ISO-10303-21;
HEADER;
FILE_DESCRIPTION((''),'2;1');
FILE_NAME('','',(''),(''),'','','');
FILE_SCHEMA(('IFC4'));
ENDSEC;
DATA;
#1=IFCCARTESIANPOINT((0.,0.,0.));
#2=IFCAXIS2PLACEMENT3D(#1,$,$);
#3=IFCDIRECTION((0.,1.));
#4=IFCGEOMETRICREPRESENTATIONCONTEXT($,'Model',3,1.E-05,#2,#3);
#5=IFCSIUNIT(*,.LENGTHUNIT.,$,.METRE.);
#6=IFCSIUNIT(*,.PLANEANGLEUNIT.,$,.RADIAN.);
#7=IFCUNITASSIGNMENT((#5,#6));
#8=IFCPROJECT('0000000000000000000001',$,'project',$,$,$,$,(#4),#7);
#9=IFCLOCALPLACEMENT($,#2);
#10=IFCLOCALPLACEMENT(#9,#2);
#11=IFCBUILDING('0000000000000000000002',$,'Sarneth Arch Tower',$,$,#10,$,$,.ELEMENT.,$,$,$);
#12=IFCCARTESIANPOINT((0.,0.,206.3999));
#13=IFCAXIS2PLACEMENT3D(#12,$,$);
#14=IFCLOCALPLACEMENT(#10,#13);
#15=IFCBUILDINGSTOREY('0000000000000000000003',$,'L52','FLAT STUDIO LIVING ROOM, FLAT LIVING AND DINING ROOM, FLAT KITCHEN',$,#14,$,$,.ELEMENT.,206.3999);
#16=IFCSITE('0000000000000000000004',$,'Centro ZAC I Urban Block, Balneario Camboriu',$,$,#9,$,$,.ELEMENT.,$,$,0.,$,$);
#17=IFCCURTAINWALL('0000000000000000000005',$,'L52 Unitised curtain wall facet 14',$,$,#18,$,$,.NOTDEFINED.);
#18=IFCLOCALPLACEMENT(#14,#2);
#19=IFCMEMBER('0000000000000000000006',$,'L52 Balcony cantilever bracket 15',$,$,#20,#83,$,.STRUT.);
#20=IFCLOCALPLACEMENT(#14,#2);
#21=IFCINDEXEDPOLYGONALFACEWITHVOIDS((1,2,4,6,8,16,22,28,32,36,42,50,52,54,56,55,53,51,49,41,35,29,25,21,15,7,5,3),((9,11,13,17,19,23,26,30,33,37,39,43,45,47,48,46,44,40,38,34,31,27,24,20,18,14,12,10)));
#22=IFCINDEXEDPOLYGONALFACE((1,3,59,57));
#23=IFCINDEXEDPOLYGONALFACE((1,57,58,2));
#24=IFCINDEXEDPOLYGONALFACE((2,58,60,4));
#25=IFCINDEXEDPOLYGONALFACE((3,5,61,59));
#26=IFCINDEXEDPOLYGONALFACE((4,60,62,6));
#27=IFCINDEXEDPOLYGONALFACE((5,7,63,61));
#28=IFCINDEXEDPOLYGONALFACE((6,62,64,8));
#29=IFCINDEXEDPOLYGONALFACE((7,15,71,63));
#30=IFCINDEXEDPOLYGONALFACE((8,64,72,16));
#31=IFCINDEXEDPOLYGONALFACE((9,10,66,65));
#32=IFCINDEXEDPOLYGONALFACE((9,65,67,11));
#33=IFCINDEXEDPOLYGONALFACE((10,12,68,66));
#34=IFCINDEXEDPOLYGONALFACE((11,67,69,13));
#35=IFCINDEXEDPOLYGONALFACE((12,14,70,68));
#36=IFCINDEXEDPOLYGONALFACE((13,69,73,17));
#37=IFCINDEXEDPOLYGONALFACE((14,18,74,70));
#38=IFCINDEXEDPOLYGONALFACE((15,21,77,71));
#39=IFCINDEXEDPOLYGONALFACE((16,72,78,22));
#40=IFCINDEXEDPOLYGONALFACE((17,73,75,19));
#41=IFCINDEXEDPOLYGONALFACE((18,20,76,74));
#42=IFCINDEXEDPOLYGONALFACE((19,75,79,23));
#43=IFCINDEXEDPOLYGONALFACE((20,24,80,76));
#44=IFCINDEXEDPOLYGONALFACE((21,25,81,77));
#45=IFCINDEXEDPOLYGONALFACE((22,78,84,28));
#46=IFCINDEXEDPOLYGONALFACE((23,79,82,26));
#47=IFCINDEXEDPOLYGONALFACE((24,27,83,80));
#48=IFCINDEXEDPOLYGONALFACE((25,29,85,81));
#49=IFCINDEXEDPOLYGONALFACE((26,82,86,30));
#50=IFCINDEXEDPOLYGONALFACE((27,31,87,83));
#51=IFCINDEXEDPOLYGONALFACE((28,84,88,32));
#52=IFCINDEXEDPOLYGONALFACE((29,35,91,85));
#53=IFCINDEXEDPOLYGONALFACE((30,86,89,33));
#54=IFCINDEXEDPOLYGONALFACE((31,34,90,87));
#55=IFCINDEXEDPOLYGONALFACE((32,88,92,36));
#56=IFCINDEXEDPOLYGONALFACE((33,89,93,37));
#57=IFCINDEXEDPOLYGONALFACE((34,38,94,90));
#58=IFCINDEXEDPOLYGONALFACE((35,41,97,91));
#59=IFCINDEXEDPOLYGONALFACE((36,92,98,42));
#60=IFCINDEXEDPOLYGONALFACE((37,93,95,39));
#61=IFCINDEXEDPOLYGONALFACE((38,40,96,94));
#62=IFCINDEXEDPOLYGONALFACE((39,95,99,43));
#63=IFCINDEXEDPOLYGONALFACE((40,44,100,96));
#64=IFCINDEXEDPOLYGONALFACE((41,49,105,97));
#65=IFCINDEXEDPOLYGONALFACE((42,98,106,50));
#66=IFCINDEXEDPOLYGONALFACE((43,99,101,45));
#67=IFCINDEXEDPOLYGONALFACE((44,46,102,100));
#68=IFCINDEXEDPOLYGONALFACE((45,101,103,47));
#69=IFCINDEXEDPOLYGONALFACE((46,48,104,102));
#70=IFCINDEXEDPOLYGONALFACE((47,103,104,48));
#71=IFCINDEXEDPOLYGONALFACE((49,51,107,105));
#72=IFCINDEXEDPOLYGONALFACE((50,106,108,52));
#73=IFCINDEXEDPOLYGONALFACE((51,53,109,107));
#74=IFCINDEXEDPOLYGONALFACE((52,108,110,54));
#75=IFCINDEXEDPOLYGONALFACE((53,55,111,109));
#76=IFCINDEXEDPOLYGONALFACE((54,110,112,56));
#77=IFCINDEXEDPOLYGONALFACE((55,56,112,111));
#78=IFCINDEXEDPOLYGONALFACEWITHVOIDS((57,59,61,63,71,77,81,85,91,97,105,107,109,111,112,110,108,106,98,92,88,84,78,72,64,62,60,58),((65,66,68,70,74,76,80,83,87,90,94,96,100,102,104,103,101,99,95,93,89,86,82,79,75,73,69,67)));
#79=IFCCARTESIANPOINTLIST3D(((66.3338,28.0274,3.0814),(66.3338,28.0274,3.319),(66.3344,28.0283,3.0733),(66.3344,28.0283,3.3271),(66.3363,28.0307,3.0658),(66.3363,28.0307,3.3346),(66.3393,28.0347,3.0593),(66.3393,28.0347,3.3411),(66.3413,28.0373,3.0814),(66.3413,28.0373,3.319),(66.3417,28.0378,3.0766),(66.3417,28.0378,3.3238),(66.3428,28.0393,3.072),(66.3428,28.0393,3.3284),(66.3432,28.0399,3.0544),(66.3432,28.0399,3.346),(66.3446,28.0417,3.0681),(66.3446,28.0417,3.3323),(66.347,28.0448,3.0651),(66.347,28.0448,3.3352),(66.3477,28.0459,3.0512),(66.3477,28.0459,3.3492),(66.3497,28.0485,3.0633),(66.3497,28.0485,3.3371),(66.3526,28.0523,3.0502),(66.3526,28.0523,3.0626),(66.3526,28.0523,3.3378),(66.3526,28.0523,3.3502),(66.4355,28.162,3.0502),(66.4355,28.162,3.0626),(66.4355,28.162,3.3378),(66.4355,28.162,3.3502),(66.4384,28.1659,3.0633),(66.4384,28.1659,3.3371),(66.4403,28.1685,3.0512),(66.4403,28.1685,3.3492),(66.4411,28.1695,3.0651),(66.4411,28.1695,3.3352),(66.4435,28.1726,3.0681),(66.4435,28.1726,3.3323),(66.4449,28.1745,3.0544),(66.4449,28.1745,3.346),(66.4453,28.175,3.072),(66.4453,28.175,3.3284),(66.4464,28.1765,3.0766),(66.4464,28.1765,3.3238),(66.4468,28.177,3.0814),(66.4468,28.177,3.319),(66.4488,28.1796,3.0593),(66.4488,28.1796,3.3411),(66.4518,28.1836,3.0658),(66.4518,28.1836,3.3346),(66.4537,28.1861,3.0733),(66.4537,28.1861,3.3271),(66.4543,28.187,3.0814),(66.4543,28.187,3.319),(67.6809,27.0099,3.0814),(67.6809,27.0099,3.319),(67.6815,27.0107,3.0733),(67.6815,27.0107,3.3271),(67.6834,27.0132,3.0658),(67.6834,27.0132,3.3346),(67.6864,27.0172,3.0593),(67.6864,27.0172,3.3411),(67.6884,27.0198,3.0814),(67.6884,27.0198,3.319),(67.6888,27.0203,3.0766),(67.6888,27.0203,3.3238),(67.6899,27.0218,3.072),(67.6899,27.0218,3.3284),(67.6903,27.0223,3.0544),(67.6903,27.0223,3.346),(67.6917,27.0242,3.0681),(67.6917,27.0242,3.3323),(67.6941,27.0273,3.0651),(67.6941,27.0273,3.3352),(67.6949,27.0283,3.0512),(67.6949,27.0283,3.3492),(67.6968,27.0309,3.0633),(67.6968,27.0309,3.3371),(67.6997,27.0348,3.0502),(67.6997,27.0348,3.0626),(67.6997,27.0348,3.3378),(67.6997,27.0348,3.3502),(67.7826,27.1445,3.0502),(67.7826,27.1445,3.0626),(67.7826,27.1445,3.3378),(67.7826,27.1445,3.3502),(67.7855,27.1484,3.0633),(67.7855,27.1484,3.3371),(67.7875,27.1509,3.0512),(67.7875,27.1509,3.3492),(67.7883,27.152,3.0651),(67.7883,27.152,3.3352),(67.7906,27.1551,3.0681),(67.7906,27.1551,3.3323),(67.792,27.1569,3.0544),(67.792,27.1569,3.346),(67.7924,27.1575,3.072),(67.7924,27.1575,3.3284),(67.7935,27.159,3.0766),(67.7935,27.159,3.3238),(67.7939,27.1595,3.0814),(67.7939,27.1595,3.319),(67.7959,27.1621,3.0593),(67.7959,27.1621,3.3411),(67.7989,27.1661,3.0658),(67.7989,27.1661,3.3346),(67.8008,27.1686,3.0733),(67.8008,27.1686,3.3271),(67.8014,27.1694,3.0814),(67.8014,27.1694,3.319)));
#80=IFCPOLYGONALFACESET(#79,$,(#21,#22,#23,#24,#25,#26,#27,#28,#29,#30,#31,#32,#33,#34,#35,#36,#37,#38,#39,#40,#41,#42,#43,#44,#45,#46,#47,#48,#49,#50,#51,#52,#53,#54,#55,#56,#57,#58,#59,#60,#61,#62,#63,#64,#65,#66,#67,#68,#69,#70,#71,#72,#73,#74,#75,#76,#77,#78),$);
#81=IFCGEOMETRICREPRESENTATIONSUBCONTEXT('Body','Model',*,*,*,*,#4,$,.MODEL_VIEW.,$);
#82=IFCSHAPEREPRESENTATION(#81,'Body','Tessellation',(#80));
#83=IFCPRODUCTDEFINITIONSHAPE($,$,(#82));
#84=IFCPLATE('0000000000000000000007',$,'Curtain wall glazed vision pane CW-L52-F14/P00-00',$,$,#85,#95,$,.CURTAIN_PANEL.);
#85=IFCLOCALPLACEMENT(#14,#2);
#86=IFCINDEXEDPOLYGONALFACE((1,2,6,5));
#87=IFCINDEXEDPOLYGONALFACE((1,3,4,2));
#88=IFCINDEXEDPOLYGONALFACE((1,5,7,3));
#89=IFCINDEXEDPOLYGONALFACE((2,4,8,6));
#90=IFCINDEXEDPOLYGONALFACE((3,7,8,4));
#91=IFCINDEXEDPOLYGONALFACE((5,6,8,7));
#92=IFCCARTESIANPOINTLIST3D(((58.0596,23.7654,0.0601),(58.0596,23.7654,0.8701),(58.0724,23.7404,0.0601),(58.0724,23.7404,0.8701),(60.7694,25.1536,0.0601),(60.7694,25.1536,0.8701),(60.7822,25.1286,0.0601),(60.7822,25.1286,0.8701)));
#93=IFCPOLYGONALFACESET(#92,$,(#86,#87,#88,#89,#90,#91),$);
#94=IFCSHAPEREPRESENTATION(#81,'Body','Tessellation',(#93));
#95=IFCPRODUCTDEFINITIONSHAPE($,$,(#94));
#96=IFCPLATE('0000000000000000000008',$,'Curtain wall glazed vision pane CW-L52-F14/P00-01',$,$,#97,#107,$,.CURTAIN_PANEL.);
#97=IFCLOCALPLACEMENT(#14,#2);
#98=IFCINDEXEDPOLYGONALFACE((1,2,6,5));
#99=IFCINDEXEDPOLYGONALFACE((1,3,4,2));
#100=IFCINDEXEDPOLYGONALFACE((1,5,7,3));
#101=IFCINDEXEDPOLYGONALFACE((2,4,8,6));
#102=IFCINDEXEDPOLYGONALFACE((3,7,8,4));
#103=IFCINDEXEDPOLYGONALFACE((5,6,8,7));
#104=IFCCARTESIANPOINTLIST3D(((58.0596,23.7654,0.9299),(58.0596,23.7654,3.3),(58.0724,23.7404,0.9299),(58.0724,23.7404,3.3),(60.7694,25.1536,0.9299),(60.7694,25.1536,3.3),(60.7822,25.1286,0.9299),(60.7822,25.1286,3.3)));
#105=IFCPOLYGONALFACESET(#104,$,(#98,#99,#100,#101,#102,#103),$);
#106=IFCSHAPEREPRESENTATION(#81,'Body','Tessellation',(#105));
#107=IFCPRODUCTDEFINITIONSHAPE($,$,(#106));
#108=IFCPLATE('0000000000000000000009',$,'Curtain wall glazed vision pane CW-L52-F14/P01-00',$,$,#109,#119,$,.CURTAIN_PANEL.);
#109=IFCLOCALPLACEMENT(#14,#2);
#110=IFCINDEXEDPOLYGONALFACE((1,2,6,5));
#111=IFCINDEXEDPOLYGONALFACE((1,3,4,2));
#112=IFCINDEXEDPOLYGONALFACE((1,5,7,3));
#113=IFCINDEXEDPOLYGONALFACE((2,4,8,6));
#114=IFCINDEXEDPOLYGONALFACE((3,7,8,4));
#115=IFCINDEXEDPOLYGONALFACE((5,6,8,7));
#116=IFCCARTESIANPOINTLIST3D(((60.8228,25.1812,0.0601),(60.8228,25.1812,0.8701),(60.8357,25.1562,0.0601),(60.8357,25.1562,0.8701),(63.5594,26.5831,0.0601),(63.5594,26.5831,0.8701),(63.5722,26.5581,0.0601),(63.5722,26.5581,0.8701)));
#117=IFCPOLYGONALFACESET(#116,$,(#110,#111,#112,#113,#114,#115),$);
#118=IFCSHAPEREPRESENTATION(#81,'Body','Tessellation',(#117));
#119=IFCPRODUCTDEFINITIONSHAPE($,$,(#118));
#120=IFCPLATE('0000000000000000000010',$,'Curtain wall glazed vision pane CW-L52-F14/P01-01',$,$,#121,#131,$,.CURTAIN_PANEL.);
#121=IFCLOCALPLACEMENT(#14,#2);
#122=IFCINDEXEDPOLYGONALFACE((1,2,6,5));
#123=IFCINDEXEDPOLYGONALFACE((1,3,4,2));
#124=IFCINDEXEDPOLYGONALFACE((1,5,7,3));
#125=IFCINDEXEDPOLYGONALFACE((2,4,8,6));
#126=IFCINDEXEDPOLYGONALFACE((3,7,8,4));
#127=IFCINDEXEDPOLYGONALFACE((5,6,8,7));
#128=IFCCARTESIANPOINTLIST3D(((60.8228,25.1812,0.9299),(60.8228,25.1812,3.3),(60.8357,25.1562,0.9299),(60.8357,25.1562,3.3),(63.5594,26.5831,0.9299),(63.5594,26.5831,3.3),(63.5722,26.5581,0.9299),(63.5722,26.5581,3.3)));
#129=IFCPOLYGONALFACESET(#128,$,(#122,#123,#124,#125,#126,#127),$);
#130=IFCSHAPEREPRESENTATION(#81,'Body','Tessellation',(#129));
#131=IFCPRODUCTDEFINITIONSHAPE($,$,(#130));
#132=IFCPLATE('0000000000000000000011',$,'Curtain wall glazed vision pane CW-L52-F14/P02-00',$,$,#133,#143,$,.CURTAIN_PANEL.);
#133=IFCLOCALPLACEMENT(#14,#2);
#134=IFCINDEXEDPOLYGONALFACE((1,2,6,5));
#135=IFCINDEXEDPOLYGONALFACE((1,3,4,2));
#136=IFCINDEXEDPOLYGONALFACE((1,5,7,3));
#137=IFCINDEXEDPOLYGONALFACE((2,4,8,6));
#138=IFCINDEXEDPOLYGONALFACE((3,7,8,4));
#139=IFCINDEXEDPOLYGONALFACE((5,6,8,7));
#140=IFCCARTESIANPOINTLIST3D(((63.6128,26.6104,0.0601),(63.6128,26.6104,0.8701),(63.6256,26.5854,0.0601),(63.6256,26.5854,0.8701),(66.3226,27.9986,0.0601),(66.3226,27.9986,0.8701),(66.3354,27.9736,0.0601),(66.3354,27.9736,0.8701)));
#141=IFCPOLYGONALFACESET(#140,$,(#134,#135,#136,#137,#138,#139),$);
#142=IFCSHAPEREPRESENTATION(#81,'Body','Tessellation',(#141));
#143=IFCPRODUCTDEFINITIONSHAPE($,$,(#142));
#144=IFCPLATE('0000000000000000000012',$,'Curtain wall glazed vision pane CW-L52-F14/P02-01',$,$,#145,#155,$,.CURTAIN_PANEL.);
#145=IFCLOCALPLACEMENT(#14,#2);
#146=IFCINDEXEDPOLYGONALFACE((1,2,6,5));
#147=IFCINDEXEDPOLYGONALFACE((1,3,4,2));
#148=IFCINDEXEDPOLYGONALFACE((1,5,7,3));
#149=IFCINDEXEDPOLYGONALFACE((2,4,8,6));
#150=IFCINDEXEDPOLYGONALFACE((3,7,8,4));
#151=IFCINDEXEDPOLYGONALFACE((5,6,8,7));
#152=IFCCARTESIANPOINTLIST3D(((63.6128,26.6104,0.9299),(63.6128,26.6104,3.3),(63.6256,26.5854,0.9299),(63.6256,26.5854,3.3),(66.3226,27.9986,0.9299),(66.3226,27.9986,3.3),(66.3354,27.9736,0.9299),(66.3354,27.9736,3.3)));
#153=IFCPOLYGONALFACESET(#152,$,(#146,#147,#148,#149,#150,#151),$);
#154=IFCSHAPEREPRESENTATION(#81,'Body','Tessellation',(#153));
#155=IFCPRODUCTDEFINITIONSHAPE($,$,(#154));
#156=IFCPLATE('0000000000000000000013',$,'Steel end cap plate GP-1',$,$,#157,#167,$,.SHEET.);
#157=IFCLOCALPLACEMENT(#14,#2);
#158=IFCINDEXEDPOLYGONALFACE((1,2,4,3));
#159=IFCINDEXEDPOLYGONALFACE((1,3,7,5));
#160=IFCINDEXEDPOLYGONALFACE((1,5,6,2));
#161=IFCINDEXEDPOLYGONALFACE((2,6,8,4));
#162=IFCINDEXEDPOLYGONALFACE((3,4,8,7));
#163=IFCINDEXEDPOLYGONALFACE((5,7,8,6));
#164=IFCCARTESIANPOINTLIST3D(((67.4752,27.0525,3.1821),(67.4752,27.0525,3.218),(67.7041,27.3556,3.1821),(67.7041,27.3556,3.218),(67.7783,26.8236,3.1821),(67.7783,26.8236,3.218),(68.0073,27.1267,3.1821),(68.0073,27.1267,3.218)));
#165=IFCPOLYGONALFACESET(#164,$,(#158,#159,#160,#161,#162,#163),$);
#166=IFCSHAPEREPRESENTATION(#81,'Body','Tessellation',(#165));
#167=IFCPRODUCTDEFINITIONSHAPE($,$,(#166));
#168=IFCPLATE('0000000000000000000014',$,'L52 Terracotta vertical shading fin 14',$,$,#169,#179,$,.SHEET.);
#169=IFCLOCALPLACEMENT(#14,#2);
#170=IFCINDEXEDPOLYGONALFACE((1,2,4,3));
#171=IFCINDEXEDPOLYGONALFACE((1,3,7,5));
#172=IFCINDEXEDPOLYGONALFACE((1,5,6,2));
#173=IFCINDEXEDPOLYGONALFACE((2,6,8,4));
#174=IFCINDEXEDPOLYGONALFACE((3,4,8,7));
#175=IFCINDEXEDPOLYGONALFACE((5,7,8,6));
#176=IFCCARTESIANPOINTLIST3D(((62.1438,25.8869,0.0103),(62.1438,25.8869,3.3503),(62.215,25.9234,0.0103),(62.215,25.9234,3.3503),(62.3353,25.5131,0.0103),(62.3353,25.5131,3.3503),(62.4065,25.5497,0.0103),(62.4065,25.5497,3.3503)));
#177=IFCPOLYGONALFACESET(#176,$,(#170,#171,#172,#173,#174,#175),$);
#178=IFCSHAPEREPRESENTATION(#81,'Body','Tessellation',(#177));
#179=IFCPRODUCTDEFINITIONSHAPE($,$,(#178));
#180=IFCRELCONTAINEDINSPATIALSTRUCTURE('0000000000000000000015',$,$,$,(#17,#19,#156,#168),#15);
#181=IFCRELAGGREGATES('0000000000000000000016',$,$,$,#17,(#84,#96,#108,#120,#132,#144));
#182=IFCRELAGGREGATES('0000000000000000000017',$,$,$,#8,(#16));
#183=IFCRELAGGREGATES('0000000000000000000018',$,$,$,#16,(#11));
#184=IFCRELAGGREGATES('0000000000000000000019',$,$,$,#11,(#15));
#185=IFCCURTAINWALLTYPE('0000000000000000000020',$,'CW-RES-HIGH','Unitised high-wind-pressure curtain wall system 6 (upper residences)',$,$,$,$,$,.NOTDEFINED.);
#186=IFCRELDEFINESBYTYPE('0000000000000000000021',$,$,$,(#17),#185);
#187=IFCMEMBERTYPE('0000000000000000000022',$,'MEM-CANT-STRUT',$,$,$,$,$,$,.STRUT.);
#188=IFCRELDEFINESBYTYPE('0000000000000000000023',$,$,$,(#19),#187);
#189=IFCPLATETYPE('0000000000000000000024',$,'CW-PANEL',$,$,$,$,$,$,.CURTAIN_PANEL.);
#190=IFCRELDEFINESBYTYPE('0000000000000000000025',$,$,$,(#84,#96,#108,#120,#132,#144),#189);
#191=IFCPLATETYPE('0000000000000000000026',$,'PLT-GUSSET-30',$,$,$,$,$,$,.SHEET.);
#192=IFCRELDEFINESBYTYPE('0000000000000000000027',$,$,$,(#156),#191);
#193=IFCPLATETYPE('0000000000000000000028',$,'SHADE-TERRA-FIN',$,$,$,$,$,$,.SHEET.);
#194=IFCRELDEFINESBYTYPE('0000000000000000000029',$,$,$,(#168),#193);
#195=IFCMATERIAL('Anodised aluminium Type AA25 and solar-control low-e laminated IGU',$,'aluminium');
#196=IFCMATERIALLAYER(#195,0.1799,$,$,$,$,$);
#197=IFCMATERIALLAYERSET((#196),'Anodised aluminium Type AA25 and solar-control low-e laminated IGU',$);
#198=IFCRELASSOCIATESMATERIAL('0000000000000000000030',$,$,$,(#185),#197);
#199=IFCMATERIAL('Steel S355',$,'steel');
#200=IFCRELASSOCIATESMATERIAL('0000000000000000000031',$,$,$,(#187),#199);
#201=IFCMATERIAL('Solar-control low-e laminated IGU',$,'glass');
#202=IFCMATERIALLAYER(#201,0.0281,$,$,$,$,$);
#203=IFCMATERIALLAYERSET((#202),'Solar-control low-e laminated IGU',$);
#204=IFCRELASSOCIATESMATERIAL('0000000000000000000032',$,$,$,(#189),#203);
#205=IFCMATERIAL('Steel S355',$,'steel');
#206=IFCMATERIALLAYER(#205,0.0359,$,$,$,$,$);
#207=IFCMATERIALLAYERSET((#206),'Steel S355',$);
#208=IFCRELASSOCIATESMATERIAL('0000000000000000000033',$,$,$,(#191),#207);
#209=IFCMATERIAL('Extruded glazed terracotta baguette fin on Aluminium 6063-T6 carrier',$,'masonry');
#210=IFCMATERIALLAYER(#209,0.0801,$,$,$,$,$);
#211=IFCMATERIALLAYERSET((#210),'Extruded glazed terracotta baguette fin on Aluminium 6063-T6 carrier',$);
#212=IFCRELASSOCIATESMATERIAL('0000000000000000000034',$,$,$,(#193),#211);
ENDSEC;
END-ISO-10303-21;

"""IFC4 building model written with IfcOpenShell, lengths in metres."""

from ifc_helpers import new_model, si_unit, direction, frame, origin, origin_2d, place, context, subcontext, project, spatial, rectangle, hollow_rectangle, extrude, material, layer, layer_set, material_profile, profile_set, type_object, element, aggregate, save


model = new_model("IFC4")

# Units and contexts
model_context = context("Model", 3, precision=1e-05, world=origin(), true_north=direction((0.0, 1.0)))
body_context = subcontext(model_context, "Body", "Model", "MODEL_VIEW")
ifc_project = project(units=[si_unit("LENGTHUNIT", "METRE"), si_unit("PLANEANGLEUNIT", "RADIAN")], contexts=[model_context])

# Site, building, storey
site_placement = place(None, origin())
site = spatial("IfcSite", under=ifc_project, at=site_placement, Name="Centro ZAC I Urban Block, Balneario Camboriu", CompositionType="ELEMENT", RefElevation=0.0)
building_placement = place(site_placement, origin())
building = spatial("IfcBuilding", under=site, at=building_placement, Name="Sarneth Arch Tower", CompositionType="ELEMENT")
storey_placement = place(building_placement, frame((0.0, 0.0, 206.3999)))
storey = spatial("IfcBuildingStorey", under=building, at=storey_placement, Name="L52", Description="FLAT STUDIO LIVING ROOM, FLAT LIVING AND DINING ROOM, FLAT KITCHEN", CompositionType="ELEMENT", Elevation=206.3999)

# Curtain wall
ifc_material_1 = material(Name="Anodised aluminium Type AA25 and solar-control low-e laminated IGU", Category="aluminium")
ifc_layer_1 = layer(ifc_material_1, 0.1799)
ifc_layer_set_1 = layer_set([ifc_layer_1], Name="Anodised aluminium Type AA25 and solar-control low-e laminated IGU")
curtain_wall_type = type_object("IfcCurtainWallType", Name="CW-RES-HIGH", Description="Unitised high-wind-pressure curtain wall system 6 (upper residences)", PredefinedType="NOTDEFINED", material=ifc_layer_set_1)
curtain_wall_placement = place(storey_placement, origin())
curtain_wall = element("IfcCurtainWall", 1, at=curtain_wall_placement, inside=storey, type_object=curtain_wall_type, Name="L52 Unitised curtain wall facet 14", PredefinedType="NOTDEFINED")

# Member
ifc_material_2 = material(Name="Steel S355", Category="steel")
ifc_material_profile_1 = material_profile(ifc_material_2, hollow_rectangle(XDim=0.2, YDim=0.3, WallThickness=0.0125, InnerFilletRadius=0.0188, OuterFilletRadius=0.0312, at=origin_2d()), Name="RHS300x200x12.5")
ifc_profile_set_1 = profile_set([ifc_material_profile_1], Name="Steel S355")
member_type_1 = type_object("IfcMemberType", Name="MEM-CANT-STRUT", PredefinedType="STRUT", material=ifc_profile_set_1)
member_1_placement = place(storey_placement, frame((66.394, 28.1072, 3.2002), z_axis=(0.797948, -0.602727, 0.0), x_axis=(0.602727, 0.797948, 0.0)))
element("IfcMember", 2, at=member_1_placement, inside=storey, type_object=member_type_1, Name="L52 Balcony cantilever bracket 15", PredefinedType="STRUT", context=body_context, shape_type="SweptSolid", body=[
    extrude(hollow_rectangle(XDim=0.2, YDim=0.3, WallThickness=0.0125, InnerFilletRadius=0.0188, OuterFilletRadius=0.0312, at=origin_2d()), origin(), (0.0, 0.0, 1.0), 1.6882),
])

# Plates
ifc_material_3 = material(Name="Solar-control low-e laminated IGU", Category="glass")
ifc_layer_2 = layer(ifc_material_3, 0.0281)
ifc_layer_set_2 = layer_set([ifc_layer_2], Name="Solar-control low-e laminated IGU")
plate_type_1 = type_object("IfcPlateType", Name="CW-PANEL", PredefinedType="CURTAIN_PANEL", material=ifc_layer_set_2)
plate_1_placement = place(storey_placement, frame((59.4209, 24.447, 0.0601), z_axis=(0.0, 0.0, 1.0), x_axis=(0.89001, 0.455942, 0.0)))
plate_1 = element("IfcPlate", 3, at=plate_1_placement, type_object=plate_type_1, Name="Curtain wall glazed vision pane CW-L52-F14/P00-00", PredefinedType="CURTAIN_PANEL", context=body_context, shape_type="SweptSolid", body=[
    extrude(rectangle(XDim=3.0447, YDim=0.0281, at=origin_2d()), origin(), (0.0, 0.0, 1.0), 0.8101),
])
plate_2_placement = place(storey_placement, frame((59.4209, 24.447, 0.9299), z_axis=(0.0, 0.0, 1.0), x_axis=(0.89001, 0.455942, 0.0)))
plate_2 = element("IfcPlate", 4, at=plate_2_placement, type_object=plate_type_1, Name="Curtain wall glazed vision pane CW-L52-F14/P00-01", PredefinedType="CURTAIN_PANEL", context=body_context, shape_type="SweptSolid", body=[
    extrude(rectangle(XDim=3.0447, YDim=0.0281, at=origin_2d()), origin(), (0.0, 0.0, 1.0), 2.3701),
])
plate_3_placement = place(storey_placement, frame((62.1975, 25.8696, 0.0601), z_axis=(0.0, 0.0, 1.0), x_axis=(0.89001, 0.455942, 0.0)))
plate_3 = element("IfcPlate", 5, at=plate_3_placement, type_object=plate_type_1, Name="Curtain wall glazed vision pane CW-L52-F14/P01-00", PredefinedType="CURTAIN_PANEL", context=body_context, shape_type="SweptSolid", body=[
    extrude(rectangle(XDim=3.0747, YDim=0.0281, at=origin_2d()), origin(), (0.0, 0.0, 1.0), 0.8101),
])
plate_4_placement = place(storey_placement, frame((62.1975, 25.8696, 0.9299), z_axis=(0.0, 0.0, 1.0), x_axis=(0.89001, 0.455942, 0.0)))
plate_4 = element("IfcPlate", 6, at=plate_4_placement, type_object=plate_type_1, Name="Curtain wall glazed vision pane CW-L52-F14/P01-01", PredefinedType="CURTAIN_PANEL", context=body_context, shape_type="SweptSolid", body=[
    extrude(rectangle(XDim=3.0747, YDim=0.0281, at=origin_2d()), origin(), (0.0, 0.0, 1.0), 2.3701),
])
plate_5_placement = place(storey_placement, frame((64.9741, 27.292, 0.0601), z_axis=(0.0, 0.0, 1.0), x_axis=(0.89001, 0.455942, 0.0)))
plate_5 = element("IfcPlate", 7, at=plate_5_placement, type_object=plate_type_1, Name="Curtain wall glazed vision pane CW-L52-F14/P02-00", PredefinedType="CURTAIN_PANEL", context=body_context, shape_type="SweptSolid", body=[
    extrude(rectangle(XDim=3.0447, YDim=0.0281, at=origin_2d()), origin(), (0.0, 0.0, 1.0), 0.8101),
])
plate_6_placement = place(storey_placement, frame((64.9741, 27.292, 0.9299), z_axis=(0.0, 0.0, 1.0), x_axis=(0.89001, 0.455942, 0.0)))
plate_6 = element("IfcPlate", 8, at=plate_6_placement, type_object=plate_type_1, Name="Curtain wall glazed vision pane CW-L52-F14/P02-01", PredefinedType="CURTAIN_PANEL", context=body_context, shape_type="SweptSolid", body=[
    extrude(rectangle(XDim=3.0447, YDim=0.0281, at=origin_2d()), origin(), (0.0, 0.0, 1.0), 2.3701),
])
aggregate(curtain_wall, [plate_1, plate_2, plate_3, plate_4, plate_5, plate_6])

# Plates
ifc_material_4 = material(Name="Steel S355", Category="steel")
ifc_layer_3 = layer(ifc_material_4, 0.0359)
ifc_layer_set_3 = layer_set([ifc_layer_3], Name="Steel S355")
plate_type_2 = type_object("IfcPlateType", Name="PLT-GUSSET-30", PredefinedType="SHEET", material=ifc_layer_set_3)
plate_7_placement = place(storey_placement, frame((67.7412, 27.0896, 3.1821), z_axis=(0.0, 0.0, 1.0), x_axis=(0.798005, -0.602651, 0.0)))
element("IfcPlate", 9, at=plate_7_placement, inside=storey, type_object=plate_type_2, Name="Steel end cap plate GP-1", PredefinedType="SHEET", context=body_context, shape_type="SweptSolid", body=[
    extrude(rectangle(XDim=0.3799, YDim=0.3799, at=origin_2d()), origin(), (0.0, 0.0, 1.0), 0.0359),
])
ifc_material_5 = material(Name="Extruded glazed terracotta baguette fin on Aluminium 6063-T6 carrier", Category="masonry")
ifc_layer_4 = layer(ifc_material_5, 0.0801)
ifc_layer_set_4 = layer_set([ifc_layer_4], Name="Extruded glazed terracotta baguette fin on Aluminium 6063-T6 carrier")
plate_type_3 = type_object("IfcPlateType", Name="SHADE-TERRA-FIN", PredefinedType="SHEET", material=ifc_layer_set_4)
plate_8_placement = place(storey_placement, frame((62.2751, 25.7183, 0.0103), z_axis=(0.0, 0.0, 1.0), x_axis=(0.456011, -0.889974, 0.0)))
element("IfcPlate", 10, at=plate_8_placement, inside=storey, type_object=plate_type_3, Name="L52 Terracotta vertical shading fin 14", PredefinedType="SHEET", context=body_context, shape_type="SweptSolid", body=[
    extrude(rectangle(XDim=0.4199, YDim=0.0801, at=origin_2d()), origin(), (0.0, 0.0, 1.0), 3.3401),
])

save(model, "model.ifc")
